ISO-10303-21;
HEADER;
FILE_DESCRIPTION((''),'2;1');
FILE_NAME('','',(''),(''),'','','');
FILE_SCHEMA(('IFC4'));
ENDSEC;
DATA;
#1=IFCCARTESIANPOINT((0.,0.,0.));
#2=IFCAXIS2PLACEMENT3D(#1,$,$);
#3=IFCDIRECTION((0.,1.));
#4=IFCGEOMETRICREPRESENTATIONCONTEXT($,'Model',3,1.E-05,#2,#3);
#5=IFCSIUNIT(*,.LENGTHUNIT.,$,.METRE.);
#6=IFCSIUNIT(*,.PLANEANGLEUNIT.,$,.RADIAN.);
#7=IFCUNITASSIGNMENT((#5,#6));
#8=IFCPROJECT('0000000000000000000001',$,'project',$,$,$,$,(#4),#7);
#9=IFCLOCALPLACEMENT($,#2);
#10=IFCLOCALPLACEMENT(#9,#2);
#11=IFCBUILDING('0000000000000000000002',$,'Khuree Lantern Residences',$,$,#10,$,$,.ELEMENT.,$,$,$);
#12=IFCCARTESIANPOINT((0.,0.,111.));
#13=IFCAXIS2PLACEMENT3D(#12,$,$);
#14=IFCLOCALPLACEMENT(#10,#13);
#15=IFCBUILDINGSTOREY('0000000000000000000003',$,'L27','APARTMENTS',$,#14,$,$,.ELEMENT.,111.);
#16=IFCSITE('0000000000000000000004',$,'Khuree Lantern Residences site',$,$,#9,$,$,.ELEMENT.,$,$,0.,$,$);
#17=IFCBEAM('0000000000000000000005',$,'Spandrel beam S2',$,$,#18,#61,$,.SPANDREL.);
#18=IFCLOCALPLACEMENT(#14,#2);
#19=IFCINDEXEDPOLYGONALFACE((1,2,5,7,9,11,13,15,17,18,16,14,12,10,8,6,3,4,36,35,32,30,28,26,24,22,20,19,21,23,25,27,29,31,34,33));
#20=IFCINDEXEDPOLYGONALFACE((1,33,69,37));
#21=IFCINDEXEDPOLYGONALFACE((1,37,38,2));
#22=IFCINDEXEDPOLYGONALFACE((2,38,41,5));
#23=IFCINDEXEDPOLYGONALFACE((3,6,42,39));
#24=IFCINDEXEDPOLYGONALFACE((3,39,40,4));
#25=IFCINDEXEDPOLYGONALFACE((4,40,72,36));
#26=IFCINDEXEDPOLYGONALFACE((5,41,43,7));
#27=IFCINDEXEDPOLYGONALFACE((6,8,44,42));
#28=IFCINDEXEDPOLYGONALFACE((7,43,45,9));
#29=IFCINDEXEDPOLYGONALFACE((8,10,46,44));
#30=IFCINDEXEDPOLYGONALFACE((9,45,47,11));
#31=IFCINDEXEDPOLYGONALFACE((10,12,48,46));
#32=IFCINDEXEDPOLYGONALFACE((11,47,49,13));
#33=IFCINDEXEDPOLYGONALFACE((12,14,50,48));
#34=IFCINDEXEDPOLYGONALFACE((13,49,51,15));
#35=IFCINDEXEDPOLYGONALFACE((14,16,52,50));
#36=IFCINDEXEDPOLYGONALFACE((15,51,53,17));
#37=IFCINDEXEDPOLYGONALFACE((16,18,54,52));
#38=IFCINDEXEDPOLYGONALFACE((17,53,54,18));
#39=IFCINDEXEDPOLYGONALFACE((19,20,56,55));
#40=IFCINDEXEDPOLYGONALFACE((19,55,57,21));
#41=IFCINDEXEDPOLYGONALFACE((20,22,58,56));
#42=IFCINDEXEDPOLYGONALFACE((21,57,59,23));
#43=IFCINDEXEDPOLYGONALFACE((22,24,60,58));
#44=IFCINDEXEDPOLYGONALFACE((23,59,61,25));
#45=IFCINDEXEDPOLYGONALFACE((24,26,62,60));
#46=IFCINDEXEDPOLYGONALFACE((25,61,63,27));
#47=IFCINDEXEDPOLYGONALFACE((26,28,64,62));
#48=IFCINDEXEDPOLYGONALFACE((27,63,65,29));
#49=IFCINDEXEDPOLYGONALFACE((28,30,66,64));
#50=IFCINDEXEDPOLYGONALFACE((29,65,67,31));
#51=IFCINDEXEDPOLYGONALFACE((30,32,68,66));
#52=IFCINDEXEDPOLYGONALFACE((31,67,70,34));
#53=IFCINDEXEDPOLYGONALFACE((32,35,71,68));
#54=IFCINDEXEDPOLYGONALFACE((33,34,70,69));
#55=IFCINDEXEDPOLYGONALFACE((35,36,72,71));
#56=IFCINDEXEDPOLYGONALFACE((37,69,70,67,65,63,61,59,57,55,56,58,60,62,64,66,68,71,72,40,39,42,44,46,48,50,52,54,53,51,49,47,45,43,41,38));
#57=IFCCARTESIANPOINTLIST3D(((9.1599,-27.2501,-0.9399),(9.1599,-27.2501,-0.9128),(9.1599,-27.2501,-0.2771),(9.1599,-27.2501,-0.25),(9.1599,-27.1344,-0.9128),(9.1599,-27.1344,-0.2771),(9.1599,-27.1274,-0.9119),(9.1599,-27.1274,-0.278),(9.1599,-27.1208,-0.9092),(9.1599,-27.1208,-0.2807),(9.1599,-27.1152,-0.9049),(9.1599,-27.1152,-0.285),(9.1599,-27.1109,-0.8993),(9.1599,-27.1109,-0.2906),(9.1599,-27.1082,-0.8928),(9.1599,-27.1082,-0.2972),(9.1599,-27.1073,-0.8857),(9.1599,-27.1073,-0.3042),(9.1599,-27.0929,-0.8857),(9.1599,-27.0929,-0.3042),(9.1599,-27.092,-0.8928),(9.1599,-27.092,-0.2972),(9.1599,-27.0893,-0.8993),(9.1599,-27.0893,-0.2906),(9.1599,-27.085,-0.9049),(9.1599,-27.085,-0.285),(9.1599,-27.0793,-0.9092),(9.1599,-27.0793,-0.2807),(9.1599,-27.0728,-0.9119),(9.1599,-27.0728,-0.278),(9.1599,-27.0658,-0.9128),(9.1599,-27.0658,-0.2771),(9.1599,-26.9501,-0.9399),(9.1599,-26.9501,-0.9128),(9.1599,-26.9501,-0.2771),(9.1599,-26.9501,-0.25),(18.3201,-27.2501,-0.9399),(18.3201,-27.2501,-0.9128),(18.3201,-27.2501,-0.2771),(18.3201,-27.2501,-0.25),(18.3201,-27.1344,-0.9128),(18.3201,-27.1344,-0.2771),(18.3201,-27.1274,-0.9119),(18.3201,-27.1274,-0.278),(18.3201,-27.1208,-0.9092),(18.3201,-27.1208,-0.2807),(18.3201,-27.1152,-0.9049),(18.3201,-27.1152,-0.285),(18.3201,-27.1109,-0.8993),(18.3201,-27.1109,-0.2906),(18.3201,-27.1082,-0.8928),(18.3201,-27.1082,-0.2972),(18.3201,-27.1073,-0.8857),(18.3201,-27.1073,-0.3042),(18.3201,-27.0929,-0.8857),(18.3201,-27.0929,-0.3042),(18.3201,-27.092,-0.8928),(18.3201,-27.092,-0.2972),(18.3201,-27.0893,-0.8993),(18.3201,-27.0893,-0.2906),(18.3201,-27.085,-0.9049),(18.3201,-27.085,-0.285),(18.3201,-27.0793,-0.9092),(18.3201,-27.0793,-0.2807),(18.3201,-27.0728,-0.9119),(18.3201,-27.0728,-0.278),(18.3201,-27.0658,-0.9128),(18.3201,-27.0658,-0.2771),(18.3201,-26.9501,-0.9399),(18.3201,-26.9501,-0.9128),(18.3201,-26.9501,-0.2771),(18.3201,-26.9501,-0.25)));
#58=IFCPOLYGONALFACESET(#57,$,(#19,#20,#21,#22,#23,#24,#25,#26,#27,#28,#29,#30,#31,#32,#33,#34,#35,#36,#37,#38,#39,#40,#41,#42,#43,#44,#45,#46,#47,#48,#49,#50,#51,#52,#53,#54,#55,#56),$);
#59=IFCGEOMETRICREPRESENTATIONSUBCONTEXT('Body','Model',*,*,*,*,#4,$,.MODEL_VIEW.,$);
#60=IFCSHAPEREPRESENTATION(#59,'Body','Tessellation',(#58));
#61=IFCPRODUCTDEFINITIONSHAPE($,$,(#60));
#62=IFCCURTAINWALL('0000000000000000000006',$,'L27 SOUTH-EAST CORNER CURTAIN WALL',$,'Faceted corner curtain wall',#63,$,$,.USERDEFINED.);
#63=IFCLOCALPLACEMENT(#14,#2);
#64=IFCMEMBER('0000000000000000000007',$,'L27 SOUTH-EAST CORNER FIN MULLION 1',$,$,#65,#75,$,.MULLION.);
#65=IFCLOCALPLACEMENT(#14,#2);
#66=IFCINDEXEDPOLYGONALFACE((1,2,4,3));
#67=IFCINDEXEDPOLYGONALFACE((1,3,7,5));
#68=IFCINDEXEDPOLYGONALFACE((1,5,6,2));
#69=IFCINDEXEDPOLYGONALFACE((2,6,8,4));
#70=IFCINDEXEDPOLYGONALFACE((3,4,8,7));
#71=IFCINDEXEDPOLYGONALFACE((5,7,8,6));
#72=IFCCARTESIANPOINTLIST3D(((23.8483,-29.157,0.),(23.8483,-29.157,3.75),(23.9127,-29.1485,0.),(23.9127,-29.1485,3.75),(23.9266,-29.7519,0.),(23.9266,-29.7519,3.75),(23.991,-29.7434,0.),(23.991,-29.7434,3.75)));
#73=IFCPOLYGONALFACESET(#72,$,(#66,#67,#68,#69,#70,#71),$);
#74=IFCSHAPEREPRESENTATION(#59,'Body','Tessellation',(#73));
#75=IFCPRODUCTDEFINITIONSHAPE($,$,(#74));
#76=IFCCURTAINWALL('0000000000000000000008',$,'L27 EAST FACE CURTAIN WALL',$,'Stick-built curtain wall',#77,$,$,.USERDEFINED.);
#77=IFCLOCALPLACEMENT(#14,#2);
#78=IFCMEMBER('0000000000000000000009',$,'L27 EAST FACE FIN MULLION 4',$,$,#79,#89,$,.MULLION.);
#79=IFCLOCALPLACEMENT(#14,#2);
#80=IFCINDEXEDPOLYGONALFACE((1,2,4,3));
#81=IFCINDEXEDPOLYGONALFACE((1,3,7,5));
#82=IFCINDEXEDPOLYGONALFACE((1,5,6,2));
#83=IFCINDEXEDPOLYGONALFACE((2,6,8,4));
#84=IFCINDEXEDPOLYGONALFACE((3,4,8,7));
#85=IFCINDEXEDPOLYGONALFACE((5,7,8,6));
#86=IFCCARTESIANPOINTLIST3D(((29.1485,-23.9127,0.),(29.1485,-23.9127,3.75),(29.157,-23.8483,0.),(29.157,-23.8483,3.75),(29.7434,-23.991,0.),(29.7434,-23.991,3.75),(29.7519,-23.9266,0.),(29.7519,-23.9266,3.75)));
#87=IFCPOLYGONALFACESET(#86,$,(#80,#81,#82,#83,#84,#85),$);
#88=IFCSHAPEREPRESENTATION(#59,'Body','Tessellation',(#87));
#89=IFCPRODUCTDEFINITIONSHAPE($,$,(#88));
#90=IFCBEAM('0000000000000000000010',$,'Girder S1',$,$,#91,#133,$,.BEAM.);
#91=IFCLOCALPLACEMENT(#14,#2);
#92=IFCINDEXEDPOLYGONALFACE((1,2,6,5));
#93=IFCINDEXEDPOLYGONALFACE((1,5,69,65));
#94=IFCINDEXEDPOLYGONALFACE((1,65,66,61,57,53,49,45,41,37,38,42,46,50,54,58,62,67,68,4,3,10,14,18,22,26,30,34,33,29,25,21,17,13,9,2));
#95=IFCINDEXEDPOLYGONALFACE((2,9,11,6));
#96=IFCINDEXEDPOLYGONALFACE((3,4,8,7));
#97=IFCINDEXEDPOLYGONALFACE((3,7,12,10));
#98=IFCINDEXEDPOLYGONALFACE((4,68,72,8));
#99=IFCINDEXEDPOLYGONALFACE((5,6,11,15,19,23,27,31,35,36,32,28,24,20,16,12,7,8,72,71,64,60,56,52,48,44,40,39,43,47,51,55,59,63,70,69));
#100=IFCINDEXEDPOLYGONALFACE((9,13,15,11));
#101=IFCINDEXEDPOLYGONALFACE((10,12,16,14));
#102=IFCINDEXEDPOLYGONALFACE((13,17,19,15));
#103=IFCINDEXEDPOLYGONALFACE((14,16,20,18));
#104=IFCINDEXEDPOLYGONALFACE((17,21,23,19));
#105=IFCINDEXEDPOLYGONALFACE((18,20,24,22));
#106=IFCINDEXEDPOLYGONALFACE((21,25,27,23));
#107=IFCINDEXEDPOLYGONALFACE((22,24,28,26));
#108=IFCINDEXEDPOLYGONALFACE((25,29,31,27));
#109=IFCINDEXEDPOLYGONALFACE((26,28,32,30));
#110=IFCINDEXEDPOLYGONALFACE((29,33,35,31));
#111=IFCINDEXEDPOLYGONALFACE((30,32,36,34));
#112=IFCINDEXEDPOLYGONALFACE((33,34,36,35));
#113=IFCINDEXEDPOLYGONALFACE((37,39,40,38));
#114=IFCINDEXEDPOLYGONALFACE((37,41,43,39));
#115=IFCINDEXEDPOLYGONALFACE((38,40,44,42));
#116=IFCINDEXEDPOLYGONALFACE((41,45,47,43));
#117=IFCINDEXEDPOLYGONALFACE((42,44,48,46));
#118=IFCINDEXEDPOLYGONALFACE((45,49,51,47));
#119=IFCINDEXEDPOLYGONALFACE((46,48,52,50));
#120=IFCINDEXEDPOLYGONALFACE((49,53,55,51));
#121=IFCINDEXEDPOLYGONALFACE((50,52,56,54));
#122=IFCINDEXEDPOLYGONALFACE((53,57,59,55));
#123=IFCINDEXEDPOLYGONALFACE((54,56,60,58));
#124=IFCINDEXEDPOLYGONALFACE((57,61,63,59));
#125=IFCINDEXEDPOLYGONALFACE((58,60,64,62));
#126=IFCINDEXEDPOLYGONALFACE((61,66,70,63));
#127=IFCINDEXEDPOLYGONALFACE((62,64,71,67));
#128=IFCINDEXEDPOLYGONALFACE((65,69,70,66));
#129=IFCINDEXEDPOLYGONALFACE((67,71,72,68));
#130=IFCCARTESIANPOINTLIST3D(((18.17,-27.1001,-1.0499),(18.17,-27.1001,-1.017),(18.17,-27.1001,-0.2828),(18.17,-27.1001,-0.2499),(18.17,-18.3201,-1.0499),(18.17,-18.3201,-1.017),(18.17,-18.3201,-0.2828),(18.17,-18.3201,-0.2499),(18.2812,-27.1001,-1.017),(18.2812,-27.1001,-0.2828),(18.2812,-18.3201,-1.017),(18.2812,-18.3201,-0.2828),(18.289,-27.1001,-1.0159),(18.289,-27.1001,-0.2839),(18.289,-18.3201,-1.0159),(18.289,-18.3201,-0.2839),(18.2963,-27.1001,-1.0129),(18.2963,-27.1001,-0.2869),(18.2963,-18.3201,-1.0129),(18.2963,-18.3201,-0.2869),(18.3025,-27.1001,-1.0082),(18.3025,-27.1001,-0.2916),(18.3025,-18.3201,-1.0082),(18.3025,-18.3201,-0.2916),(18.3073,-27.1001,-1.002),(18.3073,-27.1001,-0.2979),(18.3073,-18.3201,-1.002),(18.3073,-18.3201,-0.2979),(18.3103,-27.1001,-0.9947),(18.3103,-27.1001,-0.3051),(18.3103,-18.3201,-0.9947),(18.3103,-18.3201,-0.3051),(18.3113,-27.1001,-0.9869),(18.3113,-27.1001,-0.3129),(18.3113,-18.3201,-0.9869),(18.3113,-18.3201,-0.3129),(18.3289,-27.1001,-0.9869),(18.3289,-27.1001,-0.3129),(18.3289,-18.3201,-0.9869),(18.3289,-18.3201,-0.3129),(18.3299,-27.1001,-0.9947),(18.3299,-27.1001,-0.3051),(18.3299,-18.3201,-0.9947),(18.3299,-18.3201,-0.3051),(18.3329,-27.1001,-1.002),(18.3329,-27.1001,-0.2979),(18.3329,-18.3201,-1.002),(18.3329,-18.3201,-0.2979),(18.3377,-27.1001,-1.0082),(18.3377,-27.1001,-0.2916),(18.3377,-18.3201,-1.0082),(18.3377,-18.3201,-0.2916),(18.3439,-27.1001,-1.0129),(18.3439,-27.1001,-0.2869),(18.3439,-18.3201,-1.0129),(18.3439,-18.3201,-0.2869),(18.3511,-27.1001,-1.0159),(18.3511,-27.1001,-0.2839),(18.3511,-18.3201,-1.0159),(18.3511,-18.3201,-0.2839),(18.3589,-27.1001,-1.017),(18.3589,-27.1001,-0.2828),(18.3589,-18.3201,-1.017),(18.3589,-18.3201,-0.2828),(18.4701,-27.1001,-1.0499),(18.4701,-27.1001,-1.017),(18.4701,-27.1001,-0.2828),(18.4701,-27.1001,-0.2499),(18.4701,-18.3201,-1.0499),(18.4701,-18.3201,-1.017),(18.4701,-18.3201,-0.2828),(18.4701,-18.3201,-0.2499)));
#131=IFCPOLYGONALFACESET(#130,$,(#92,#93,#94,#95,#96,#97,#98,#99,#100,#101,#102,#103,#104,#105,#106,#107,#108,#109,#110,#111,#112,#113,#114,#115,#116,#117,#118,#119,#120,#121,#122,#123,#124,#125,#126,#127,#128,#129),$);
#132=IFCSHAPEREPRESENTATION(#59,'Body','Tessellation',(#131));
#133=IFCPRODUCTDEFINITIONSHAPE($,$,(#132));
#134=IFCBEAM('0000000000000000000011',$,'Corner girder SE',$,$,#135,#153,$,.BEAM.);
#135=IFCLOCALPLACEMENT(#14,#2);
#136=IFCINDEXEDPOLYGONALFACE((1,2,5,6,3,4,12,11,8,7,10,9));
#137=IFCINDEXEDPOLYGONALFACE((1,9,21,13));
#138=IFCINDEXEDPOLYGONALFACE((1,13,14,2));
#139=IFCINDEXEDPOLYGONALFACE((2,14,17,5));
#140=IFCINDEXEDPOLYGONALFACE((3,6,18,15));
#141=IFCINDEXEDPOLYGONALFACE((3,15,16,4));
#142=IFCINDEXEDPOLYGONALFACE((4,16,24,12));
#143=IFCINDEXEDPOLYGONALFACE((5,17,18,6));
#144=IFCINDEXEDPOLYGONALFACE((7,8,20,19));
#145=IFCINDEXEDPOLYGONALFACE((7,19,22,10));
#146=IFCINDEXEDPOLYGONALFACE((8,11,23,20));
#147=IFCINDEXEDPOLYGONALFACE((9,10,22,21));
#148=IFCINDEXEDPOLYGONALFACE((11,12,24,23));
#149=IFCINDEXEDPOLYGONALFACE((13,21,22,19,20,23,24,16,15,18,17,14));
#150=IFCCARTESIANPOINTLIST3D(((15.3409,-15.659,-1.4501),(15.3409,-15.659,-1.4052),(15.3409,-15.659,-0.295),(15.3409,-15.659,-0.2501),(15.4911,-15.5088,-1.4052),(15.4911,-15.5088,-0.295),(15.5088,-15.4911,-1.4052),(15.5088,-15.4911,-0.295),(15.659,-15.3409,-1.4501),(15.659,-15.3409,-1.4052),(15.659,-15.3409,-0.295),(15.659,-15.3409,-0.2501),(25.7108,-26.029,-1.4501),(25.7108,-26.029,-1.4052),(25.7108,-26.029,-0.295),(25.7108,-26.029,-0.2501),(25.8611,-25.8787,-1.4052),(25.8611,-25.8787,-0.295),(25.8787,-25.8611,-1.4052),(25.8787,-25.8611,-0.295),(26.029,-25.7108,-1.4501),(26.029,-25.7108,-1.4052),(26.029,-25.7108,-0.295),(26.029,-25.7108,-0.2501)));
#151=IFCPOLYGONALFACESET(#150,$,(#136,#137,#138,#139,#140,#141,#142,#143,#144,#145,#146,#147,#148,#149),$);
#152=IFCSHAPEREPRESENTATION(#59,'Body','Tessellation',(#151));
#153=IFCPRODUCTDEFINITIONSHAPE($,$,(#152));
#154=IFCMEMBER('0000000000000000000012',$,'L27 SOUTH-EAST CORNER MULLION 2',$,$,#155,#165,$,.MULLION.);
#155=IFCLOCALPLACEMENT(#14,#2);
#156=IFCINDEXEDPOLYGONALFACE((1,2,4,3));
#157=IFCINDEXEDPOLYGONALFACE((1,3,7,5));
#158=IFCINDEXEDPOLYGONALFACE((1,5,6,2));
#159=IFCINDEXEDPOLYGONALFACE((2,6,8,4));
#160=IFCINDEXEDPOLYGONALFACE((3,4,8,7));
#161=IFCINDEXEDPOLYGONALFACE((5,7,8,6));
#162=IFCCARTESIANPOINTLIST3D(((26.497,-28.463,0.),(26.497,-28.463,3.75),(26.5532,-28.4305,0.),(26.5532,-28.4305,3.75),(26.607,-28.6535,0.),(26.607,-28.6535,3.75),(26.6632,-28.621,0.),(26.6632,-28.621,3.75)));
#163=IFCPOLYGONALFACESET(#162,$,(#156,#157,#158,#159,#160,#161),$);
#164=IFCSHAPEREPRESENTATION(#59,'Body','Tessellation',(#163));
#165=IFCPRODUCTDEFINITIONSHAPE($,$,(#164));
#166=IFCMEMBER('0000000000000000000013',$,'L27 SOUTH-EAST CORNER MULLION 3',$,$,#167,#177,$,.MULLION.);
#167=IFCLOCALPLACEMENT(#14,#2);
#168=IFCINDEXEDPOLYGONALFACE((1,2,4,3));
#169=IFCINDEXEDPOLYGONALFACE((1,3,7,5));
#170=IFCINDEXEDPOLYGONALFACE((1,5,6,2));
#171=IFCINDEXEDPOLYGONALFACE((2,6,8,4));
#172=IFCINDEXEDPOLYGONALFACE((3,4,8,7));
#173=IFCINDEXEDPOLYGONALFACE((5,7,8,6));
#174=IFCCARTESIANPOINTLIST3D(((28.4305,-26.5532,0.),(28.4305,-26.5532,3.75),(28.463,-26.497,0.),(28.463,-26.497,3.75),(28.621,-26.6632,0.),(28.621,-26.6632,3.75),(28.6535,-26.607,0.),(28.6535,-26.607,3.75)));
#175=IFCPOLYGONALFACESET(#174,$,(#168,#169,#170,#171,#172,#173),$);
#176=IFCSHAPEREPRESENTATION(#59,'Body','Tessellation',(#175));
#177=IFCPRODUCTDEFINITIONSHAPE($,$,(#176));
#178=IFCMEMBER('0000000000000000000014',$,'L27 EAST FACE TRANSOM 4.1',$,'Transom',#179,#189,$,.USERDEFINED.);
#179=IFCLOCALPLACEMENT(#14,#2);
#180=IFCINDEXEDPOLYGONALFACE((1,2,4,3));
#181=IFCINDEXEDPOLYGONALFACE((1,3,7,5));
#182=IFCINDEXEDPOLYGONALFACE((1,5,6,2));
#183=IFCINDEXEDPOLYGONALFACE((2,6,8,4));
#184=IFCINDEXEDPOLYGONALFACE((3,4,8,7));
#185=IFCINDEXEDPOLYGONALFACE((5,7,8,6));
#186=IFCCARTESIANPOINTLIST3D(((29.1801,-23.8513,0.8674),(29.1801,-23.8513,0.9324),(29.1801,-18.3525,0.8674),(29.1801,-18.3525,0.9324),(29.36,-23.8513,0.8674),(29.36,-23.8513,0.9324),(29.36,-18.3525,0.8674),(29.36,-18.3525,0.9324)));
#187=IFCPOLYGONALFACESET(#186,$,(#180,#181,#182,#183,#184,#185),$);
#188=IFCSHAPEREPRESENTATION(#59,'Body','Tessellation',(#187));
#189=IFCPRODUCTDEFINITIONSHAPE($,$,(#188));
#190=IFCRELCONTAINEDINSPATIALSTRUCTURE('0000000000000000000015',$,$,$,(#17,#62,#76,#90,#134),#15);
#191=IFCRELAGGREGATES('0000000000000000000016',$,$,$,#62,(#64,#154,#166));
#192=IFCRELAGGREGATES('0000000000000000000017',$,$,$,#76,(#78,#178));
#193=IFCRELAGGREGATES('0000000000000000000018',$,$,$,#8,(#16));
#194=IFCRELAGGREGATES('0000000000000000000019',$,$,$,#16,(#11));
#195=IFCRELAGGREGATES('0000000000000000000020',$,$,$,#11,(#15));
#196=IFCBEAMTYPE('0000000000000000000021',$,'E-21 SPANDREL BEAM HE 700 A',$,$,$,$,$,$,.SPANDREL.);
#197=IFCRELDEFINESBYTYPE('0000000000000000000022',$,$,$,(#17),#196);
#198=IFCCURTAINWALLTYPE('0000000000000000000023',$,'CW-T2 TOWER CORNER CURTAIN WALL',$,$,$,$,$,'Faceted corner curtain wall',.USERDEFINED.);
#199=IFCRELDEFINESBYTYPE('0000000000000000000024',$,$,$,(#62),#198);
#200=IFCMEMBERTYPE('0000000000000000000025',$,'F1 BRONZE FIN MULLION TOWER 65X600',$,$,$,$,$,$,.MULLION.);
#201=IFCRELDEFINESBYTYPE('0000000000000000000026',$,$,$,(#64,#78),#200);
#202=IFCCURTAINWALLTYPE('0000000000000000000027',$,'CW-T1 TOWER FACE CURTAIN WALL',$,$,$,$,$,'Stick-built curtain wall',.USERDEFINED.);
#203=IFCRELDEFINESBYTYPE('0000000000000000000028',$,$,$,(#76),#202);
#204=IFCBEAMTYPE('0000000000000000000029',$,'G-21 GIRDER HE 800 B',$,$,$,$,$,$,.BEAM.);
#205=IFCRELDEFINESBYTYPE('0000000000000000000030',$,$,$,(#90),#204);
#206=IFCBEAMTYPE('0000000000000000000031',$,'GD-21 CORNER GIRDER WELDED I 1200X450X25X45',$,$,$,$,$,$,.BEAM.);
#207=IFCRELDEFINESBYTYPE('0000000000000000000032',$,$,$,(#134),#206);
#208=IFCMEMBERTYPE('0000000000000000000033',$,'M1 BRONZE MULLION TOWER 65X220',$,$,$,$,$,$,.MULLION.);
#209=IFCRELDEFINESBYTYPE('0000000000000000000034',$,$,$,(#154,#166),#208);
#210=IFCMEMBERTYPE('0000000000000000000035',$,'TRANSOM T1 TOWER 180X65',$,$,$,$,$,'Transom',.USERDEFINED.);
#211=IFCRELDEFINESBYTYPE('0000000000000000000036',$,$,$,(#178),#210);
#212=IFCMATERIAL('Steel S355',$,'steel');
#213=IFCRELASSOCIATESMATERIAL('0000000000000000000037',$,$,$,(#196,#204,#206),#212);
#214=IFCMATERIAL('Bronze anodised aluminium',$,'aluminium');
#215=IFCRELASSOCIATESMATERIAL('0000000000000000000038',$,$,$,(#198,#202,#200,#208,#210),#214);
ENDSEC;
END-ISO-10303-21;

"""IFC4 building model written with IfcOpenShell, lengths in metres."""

from ifc_helpers import new_model, si_unit, direction, frame, origin, origin_2d, place, context, subcontext, project, spatial, rectangle, i_section, extrude, material, material_profile, profile_set, type_object, element, aggregate, save


model = new_model("IFC4")

# Units and contexts
model_context = context("Model", 3, precision=1e-05, world=origin(), true_north=direction((0.0, 1.0)))
body_context = subcontext(model_context, "Body", "Model", "MODEL_VIEW")
ifc_project = project(units=[si_unit("LENGTHUNIT", "METRE"), si_unit("PLANEANGLEUNIT", "RADIAN")], contexts=[model_context])

# Site, building, storey
site_placement = place(None, origin())
site = spatial("IfcSite", under=ifc_project, at=site_placement, Name="Khuree Lantern Residences site", CompositionType="ELEMENT", RefElevation=0.0)
building_placement = place(site_placement, origin())
building = spatial("IfcBuilding", under=site, at=building_placement, Name="Khuree Lantern Residences", CompositionType="ELEMENT")
storey_placement = place(building_placement, frame((0.0, 0.0, 111.0)))
storey = spatial("IfcBuildingStorey", under=building, at=storey_placement, Name="L27", Description="APARTMENTS", CompositionType="ELEMENT", Elevation=111.0)

# Beam
ifc_material_1 = material(Name="Steel S355", Category="steel")
ifc_material_profile_1 = material_profile(ifc_material_1, i_section(OverallWidth=0.3, OverallDepth=0.6899, WebThickness=0.0144, FlangeThickness=0.0271, FilletRadius=0.0271, at=origin_2d()), Name="HE 700 A")
ifc_profile_set_1 = profile_set([ifc_material_profile_1], Name="Steel S355")
beam_type_1 = type_object("IfcBeamType", Name="E-21 SPANDREL BEAM HE 700 A", PredefinedType="SPANDREL", material=ifc_profile_set_1)
beam_1_placement = place(storey_placement, frame((18.3201, -27.1001, -0.595), z_axis=(-1.0, 0.0, 0.0), x_axis=(0.0, -1.0, 0.0)))
element("IfcBeam", 1, at=beam_1_placement, inside=storey, type_object=beam_type_1, Name="Spandrel beam S2", PredefinedType="SPANDREL", context=body_context, shape_type="SweptSolid", body=[
    extrude(i_section(OverallWidth=0.3, OverallDepth=0.6899, WebThickness=0.0144, FlangeThickness=0.0271, FilletRadius=0.0271, at=origin_2d()), origin(), (0.0, 0.0, 1.0), 9.1602),
])

# Curtain walls, members
ifc_material_2 = material(Name="Bronze anodised aluminium", Category="aluminium")
curtain_wall_type_1 = type_object("IfcCurtainWallType", Name="CW-T2 TOWER CORNER CURTAIN WALL", ElementType="Faceted corner curtain wall", PredefinedType="USERDEFINED", material=ifc_material_2)
curtain_wall_1_placement = place(storey_placement, origin())
curtain_wall_1 = element("IfcCurtainWall", 2, at=curtain_wall_1_placement, inside=storey, type_object=curtain_wall_type_1, Name="L27 SOUTH-EAST CORNER CURTAIN WALL", ObjectType="Faceted corner curtain wall", PredefinedType="USERDEFINED")
ifc_material_profile_2 = material_profile(ifc_material_2, rectangle(XDim=0.0649, YDim=0.6001, at=origin_2d()), Name="F1 65X600")
ifc_profile_set_2 = profile_set([ifc_material_profile_2], Name="Bronze anodised aluminium")
member_type_1 = type_object("IfcMemberType", Name="F1 BRONZE FIN MULLION TOWER 65X600", PredefinedType="MULLION", material=ifc_profile_set_2)
member_1_placement = place(storey_placement, frame((23.9197, -29.4502, 0.0), z_axis=(0.0, 0.0, 1.0), x_axis=(0.991445, 0.130526, 0.0)))
member_1 = element("IfcMember", 3, at=member_1_placement, type_object=member_type_1, Name="L27 SOUTH-EAST CORNER FIN MULLION 1", PredefinedType="MULLION", context=body_context, shape_type="SweptSolid", body=[
    extrude(rectangle(XDim=0.0649, YDim=0.6001, at=origin_2d()), origin(), (0.0, 0.0, 1.0), 3.75),
])
curtain_wall_type_2 = type_object("IfcCurtainWallType", Name="CW-T1 TOWER FACE CURTAIN WALL", ElementType="Stick-built curtain wall", PredefinedType="USERDEFINED", material=ifc_material_2)
curtain_wall_2_placement = place(storey_placement, origin())
curtain_wall_2 = element("IfcCurtainWall", 4, at=curtain_wall_2_placement, inside=storey, type_object=curtain_wall_type_2, Name="L27 EAST FACE CURTAIN WALL", ObjectType="Stick-built curtain wall", PredefinedType="USERDEFINED")
member_2_placement = place(storey_placement, frame((29.4502, -23.9197, 0.0), z_axis=(0.0, 0.0, 1.0), x_axis=(0.130526, 0.991445, 0.0)))
member_2 = element("IfcMember", 5, at=member_2_placement, type_object=member_type_1, Name="L27 EAST FACE FIN MULLION 4", PredefinedType="MULLION", context=body_context, shape_type="SweptSolid", body=[
    extrude(rectangle(XDim=0.0649, YDim=0.6001, at=origin_2d()), origin(), (0.0, 0.0, 1.0), 3.75),
])

# Beams
ifc_material_profile_3 = material_profile(ifc_material_1, i_section(OverallWidth=0.3, OverallDepth=0.8, WebThickness=0.0176, FlangeThickness=0.033, FilletRadius=0.03, at=origin_2d()), Name="HE 800 B")
ifc_profile_set_3 = profile_set([ifc_material_profile_3], Name="Steel S355")
beam_type_2 = type_object("IfcBeamType", Name="G-21 GIRDER HE 800 B", PredefinedType="BEAM", material=ifc_profile_set_3)
beam_2_placement = place(storey_placement, frame((18.3201, -27.1001, -0.6499), z_axis=(0.0, 1.0, 0.0), x_axis=(-1.0, 0.0, 0.0)))
element("IfcBeam", 6, at=beam_2_placement, inside=storey, type_object=beam_type_2, Name="Girder S1", PredefinedType="BEAM", context=body_context, shape_type="SweptSolid", body=[
    extrude(i_section(OverallWidth=0.3, OverallDepth=0.8, WebThickness=0.0176, FlangeThickness=0.033, FilletRadius=0.03, at=origin_2d()), origin(), (0.0, 0.0, 1.0), 8.78),
])
ifc_material_profile_4 = material_profile(ifc_material_1, i_section(OverallWidth=0.45, OverallDepth=1.2, WebThickness=0.0249, FlangeThickness=0.0449, at=origin_2d()), Name="WELDED I 1200X450X25X45")
ifc_profile_set_4 = profile_set([ifc_material_profile_4], Name="Steel S355")
beam_type_3 = type_object("IfcBeamType", Name="GD-21 CORNER GIRDER WELDED I 1200X450X25X45", PredefinedType="BEAM", material=ifc_profile_set_4)
beam_3_placement = place(storey_placement, frame((25.8699, -25.8699, -0.8501), z_axis=(-0.707107, 0.707107, 0.0), x_axis=(-0.707107, -0.707107, 0.0)))
element("IfcBeam", 7, at=beam_3_placement, inside=storey, type_object=beam_type_3, Name="Corner girder SE", PredefinedType="BEAM", context=body_context, shape_type="SweptSolid", body=[
    extrude(i_section(OverallWidth=0.45, OverallDepth=1.2, WebThickness=0.0249, FlangeThickness=0.0449, at=origin_2d()), origin(), (0.0, 0.0, 1.0), 14.6653),
])

# Members
ifc_material_profile_5 = material_profile(ifc_material_2, rectangle(XDim=0.0649, YDim=0.22, at=origin_2d()), Name="M1 65X220")
ifc_profile_set_5 = profile_set([ifc_material_profile_5], Name="Bronze anodised aluminium")
member_type_2 = type_object("IfcMemberType", Name="M1 BRONZE MULLION TOWER 65X220", PredefinedType="MULLION", material=ifc_profile_set_5)
member_3_placement = place(storey_placement, frame((26.5801, -28.542, 0.0), z_axis=(0.0, 0.0, 1.0), x_axis=(0.866025, 0.5, 0.0)))
member_3 = element("IfcMember", 8, at=member_3_placement, type_object=member_type_2, Name="L27 SOUTH-EAST CORNER MULLION 2", PredefinedType="MULLION", context=body_context, shape_type="SweptSolid", body=[
    extrude(rectangle(XDim=0.0649, YDim=0.22, at=origin_2d()), origin(), (0.0, 0.0, 1.0), 3.75),
])
member_4_placement = place(storey_placement, frame((28.542, -26.5801, 0.0), z_axis=(0.0, 0.0, 1.0), x_axis=(0.5, 0.866025, 0.0)))
member_4 = element("IfcMember", 9, at=member_4_placement, type_object=member_type_2, Name="L27 SOUTH-EAST CORNER MULLION 3", PredefinedType="MULLION", context=body_context, shape_type="SweptSolid", body=[
    extrude(rectangle(XDim=0.0649, YDim=0.22, at=origin_2d()), origin(), (0.0, 0.0, 1.0), 3.75),
])
ifc_material_profile_6 = material_profile(ifc_material_2, rectangle(XDim=0.1799, YDim=0.0649, at=origin_2d()), Name="T1 180X65")
ifc_profile_set_6 = profile_set([ifc_material_profile_6], Name="Bronze anodised aluminium")
member_type_3 = type_object("IfcMemberType", Name="TRANSOM T1 TOWER 180X65", ElementType="Transom", PredefinedType="USERDEFINED", material=ifc_profile_set_6)
member_5_placement = place(storey_placement, frame((29.27, -23.8513, 0.8999), z_axis=(0.0, 1.0, 0.0), x_axis=(-1.0, 0.0, 0.0)))
member_5 = element("IfcMember", 10, at=member_5_placement, type_object=member_type_3, Name="L27 EAST FACE TRANSOM 4.1", ObjectType="Transom", PredefinedType="USERDEFINED", context=body_context, shape_type="SweptSolid", body=[
    extrude(rectangle(XDim=0.1799, YDim=0.0649, at=origin_2d()), origin(), (0.0, 0.0, 1.0), 5.4988),
])

aggregate(curtain_wall_1, [member_1, member_3, member_4])
aggregate(curtain_wall_2, [member_2, member_5])

save(model, "model.ifc")
